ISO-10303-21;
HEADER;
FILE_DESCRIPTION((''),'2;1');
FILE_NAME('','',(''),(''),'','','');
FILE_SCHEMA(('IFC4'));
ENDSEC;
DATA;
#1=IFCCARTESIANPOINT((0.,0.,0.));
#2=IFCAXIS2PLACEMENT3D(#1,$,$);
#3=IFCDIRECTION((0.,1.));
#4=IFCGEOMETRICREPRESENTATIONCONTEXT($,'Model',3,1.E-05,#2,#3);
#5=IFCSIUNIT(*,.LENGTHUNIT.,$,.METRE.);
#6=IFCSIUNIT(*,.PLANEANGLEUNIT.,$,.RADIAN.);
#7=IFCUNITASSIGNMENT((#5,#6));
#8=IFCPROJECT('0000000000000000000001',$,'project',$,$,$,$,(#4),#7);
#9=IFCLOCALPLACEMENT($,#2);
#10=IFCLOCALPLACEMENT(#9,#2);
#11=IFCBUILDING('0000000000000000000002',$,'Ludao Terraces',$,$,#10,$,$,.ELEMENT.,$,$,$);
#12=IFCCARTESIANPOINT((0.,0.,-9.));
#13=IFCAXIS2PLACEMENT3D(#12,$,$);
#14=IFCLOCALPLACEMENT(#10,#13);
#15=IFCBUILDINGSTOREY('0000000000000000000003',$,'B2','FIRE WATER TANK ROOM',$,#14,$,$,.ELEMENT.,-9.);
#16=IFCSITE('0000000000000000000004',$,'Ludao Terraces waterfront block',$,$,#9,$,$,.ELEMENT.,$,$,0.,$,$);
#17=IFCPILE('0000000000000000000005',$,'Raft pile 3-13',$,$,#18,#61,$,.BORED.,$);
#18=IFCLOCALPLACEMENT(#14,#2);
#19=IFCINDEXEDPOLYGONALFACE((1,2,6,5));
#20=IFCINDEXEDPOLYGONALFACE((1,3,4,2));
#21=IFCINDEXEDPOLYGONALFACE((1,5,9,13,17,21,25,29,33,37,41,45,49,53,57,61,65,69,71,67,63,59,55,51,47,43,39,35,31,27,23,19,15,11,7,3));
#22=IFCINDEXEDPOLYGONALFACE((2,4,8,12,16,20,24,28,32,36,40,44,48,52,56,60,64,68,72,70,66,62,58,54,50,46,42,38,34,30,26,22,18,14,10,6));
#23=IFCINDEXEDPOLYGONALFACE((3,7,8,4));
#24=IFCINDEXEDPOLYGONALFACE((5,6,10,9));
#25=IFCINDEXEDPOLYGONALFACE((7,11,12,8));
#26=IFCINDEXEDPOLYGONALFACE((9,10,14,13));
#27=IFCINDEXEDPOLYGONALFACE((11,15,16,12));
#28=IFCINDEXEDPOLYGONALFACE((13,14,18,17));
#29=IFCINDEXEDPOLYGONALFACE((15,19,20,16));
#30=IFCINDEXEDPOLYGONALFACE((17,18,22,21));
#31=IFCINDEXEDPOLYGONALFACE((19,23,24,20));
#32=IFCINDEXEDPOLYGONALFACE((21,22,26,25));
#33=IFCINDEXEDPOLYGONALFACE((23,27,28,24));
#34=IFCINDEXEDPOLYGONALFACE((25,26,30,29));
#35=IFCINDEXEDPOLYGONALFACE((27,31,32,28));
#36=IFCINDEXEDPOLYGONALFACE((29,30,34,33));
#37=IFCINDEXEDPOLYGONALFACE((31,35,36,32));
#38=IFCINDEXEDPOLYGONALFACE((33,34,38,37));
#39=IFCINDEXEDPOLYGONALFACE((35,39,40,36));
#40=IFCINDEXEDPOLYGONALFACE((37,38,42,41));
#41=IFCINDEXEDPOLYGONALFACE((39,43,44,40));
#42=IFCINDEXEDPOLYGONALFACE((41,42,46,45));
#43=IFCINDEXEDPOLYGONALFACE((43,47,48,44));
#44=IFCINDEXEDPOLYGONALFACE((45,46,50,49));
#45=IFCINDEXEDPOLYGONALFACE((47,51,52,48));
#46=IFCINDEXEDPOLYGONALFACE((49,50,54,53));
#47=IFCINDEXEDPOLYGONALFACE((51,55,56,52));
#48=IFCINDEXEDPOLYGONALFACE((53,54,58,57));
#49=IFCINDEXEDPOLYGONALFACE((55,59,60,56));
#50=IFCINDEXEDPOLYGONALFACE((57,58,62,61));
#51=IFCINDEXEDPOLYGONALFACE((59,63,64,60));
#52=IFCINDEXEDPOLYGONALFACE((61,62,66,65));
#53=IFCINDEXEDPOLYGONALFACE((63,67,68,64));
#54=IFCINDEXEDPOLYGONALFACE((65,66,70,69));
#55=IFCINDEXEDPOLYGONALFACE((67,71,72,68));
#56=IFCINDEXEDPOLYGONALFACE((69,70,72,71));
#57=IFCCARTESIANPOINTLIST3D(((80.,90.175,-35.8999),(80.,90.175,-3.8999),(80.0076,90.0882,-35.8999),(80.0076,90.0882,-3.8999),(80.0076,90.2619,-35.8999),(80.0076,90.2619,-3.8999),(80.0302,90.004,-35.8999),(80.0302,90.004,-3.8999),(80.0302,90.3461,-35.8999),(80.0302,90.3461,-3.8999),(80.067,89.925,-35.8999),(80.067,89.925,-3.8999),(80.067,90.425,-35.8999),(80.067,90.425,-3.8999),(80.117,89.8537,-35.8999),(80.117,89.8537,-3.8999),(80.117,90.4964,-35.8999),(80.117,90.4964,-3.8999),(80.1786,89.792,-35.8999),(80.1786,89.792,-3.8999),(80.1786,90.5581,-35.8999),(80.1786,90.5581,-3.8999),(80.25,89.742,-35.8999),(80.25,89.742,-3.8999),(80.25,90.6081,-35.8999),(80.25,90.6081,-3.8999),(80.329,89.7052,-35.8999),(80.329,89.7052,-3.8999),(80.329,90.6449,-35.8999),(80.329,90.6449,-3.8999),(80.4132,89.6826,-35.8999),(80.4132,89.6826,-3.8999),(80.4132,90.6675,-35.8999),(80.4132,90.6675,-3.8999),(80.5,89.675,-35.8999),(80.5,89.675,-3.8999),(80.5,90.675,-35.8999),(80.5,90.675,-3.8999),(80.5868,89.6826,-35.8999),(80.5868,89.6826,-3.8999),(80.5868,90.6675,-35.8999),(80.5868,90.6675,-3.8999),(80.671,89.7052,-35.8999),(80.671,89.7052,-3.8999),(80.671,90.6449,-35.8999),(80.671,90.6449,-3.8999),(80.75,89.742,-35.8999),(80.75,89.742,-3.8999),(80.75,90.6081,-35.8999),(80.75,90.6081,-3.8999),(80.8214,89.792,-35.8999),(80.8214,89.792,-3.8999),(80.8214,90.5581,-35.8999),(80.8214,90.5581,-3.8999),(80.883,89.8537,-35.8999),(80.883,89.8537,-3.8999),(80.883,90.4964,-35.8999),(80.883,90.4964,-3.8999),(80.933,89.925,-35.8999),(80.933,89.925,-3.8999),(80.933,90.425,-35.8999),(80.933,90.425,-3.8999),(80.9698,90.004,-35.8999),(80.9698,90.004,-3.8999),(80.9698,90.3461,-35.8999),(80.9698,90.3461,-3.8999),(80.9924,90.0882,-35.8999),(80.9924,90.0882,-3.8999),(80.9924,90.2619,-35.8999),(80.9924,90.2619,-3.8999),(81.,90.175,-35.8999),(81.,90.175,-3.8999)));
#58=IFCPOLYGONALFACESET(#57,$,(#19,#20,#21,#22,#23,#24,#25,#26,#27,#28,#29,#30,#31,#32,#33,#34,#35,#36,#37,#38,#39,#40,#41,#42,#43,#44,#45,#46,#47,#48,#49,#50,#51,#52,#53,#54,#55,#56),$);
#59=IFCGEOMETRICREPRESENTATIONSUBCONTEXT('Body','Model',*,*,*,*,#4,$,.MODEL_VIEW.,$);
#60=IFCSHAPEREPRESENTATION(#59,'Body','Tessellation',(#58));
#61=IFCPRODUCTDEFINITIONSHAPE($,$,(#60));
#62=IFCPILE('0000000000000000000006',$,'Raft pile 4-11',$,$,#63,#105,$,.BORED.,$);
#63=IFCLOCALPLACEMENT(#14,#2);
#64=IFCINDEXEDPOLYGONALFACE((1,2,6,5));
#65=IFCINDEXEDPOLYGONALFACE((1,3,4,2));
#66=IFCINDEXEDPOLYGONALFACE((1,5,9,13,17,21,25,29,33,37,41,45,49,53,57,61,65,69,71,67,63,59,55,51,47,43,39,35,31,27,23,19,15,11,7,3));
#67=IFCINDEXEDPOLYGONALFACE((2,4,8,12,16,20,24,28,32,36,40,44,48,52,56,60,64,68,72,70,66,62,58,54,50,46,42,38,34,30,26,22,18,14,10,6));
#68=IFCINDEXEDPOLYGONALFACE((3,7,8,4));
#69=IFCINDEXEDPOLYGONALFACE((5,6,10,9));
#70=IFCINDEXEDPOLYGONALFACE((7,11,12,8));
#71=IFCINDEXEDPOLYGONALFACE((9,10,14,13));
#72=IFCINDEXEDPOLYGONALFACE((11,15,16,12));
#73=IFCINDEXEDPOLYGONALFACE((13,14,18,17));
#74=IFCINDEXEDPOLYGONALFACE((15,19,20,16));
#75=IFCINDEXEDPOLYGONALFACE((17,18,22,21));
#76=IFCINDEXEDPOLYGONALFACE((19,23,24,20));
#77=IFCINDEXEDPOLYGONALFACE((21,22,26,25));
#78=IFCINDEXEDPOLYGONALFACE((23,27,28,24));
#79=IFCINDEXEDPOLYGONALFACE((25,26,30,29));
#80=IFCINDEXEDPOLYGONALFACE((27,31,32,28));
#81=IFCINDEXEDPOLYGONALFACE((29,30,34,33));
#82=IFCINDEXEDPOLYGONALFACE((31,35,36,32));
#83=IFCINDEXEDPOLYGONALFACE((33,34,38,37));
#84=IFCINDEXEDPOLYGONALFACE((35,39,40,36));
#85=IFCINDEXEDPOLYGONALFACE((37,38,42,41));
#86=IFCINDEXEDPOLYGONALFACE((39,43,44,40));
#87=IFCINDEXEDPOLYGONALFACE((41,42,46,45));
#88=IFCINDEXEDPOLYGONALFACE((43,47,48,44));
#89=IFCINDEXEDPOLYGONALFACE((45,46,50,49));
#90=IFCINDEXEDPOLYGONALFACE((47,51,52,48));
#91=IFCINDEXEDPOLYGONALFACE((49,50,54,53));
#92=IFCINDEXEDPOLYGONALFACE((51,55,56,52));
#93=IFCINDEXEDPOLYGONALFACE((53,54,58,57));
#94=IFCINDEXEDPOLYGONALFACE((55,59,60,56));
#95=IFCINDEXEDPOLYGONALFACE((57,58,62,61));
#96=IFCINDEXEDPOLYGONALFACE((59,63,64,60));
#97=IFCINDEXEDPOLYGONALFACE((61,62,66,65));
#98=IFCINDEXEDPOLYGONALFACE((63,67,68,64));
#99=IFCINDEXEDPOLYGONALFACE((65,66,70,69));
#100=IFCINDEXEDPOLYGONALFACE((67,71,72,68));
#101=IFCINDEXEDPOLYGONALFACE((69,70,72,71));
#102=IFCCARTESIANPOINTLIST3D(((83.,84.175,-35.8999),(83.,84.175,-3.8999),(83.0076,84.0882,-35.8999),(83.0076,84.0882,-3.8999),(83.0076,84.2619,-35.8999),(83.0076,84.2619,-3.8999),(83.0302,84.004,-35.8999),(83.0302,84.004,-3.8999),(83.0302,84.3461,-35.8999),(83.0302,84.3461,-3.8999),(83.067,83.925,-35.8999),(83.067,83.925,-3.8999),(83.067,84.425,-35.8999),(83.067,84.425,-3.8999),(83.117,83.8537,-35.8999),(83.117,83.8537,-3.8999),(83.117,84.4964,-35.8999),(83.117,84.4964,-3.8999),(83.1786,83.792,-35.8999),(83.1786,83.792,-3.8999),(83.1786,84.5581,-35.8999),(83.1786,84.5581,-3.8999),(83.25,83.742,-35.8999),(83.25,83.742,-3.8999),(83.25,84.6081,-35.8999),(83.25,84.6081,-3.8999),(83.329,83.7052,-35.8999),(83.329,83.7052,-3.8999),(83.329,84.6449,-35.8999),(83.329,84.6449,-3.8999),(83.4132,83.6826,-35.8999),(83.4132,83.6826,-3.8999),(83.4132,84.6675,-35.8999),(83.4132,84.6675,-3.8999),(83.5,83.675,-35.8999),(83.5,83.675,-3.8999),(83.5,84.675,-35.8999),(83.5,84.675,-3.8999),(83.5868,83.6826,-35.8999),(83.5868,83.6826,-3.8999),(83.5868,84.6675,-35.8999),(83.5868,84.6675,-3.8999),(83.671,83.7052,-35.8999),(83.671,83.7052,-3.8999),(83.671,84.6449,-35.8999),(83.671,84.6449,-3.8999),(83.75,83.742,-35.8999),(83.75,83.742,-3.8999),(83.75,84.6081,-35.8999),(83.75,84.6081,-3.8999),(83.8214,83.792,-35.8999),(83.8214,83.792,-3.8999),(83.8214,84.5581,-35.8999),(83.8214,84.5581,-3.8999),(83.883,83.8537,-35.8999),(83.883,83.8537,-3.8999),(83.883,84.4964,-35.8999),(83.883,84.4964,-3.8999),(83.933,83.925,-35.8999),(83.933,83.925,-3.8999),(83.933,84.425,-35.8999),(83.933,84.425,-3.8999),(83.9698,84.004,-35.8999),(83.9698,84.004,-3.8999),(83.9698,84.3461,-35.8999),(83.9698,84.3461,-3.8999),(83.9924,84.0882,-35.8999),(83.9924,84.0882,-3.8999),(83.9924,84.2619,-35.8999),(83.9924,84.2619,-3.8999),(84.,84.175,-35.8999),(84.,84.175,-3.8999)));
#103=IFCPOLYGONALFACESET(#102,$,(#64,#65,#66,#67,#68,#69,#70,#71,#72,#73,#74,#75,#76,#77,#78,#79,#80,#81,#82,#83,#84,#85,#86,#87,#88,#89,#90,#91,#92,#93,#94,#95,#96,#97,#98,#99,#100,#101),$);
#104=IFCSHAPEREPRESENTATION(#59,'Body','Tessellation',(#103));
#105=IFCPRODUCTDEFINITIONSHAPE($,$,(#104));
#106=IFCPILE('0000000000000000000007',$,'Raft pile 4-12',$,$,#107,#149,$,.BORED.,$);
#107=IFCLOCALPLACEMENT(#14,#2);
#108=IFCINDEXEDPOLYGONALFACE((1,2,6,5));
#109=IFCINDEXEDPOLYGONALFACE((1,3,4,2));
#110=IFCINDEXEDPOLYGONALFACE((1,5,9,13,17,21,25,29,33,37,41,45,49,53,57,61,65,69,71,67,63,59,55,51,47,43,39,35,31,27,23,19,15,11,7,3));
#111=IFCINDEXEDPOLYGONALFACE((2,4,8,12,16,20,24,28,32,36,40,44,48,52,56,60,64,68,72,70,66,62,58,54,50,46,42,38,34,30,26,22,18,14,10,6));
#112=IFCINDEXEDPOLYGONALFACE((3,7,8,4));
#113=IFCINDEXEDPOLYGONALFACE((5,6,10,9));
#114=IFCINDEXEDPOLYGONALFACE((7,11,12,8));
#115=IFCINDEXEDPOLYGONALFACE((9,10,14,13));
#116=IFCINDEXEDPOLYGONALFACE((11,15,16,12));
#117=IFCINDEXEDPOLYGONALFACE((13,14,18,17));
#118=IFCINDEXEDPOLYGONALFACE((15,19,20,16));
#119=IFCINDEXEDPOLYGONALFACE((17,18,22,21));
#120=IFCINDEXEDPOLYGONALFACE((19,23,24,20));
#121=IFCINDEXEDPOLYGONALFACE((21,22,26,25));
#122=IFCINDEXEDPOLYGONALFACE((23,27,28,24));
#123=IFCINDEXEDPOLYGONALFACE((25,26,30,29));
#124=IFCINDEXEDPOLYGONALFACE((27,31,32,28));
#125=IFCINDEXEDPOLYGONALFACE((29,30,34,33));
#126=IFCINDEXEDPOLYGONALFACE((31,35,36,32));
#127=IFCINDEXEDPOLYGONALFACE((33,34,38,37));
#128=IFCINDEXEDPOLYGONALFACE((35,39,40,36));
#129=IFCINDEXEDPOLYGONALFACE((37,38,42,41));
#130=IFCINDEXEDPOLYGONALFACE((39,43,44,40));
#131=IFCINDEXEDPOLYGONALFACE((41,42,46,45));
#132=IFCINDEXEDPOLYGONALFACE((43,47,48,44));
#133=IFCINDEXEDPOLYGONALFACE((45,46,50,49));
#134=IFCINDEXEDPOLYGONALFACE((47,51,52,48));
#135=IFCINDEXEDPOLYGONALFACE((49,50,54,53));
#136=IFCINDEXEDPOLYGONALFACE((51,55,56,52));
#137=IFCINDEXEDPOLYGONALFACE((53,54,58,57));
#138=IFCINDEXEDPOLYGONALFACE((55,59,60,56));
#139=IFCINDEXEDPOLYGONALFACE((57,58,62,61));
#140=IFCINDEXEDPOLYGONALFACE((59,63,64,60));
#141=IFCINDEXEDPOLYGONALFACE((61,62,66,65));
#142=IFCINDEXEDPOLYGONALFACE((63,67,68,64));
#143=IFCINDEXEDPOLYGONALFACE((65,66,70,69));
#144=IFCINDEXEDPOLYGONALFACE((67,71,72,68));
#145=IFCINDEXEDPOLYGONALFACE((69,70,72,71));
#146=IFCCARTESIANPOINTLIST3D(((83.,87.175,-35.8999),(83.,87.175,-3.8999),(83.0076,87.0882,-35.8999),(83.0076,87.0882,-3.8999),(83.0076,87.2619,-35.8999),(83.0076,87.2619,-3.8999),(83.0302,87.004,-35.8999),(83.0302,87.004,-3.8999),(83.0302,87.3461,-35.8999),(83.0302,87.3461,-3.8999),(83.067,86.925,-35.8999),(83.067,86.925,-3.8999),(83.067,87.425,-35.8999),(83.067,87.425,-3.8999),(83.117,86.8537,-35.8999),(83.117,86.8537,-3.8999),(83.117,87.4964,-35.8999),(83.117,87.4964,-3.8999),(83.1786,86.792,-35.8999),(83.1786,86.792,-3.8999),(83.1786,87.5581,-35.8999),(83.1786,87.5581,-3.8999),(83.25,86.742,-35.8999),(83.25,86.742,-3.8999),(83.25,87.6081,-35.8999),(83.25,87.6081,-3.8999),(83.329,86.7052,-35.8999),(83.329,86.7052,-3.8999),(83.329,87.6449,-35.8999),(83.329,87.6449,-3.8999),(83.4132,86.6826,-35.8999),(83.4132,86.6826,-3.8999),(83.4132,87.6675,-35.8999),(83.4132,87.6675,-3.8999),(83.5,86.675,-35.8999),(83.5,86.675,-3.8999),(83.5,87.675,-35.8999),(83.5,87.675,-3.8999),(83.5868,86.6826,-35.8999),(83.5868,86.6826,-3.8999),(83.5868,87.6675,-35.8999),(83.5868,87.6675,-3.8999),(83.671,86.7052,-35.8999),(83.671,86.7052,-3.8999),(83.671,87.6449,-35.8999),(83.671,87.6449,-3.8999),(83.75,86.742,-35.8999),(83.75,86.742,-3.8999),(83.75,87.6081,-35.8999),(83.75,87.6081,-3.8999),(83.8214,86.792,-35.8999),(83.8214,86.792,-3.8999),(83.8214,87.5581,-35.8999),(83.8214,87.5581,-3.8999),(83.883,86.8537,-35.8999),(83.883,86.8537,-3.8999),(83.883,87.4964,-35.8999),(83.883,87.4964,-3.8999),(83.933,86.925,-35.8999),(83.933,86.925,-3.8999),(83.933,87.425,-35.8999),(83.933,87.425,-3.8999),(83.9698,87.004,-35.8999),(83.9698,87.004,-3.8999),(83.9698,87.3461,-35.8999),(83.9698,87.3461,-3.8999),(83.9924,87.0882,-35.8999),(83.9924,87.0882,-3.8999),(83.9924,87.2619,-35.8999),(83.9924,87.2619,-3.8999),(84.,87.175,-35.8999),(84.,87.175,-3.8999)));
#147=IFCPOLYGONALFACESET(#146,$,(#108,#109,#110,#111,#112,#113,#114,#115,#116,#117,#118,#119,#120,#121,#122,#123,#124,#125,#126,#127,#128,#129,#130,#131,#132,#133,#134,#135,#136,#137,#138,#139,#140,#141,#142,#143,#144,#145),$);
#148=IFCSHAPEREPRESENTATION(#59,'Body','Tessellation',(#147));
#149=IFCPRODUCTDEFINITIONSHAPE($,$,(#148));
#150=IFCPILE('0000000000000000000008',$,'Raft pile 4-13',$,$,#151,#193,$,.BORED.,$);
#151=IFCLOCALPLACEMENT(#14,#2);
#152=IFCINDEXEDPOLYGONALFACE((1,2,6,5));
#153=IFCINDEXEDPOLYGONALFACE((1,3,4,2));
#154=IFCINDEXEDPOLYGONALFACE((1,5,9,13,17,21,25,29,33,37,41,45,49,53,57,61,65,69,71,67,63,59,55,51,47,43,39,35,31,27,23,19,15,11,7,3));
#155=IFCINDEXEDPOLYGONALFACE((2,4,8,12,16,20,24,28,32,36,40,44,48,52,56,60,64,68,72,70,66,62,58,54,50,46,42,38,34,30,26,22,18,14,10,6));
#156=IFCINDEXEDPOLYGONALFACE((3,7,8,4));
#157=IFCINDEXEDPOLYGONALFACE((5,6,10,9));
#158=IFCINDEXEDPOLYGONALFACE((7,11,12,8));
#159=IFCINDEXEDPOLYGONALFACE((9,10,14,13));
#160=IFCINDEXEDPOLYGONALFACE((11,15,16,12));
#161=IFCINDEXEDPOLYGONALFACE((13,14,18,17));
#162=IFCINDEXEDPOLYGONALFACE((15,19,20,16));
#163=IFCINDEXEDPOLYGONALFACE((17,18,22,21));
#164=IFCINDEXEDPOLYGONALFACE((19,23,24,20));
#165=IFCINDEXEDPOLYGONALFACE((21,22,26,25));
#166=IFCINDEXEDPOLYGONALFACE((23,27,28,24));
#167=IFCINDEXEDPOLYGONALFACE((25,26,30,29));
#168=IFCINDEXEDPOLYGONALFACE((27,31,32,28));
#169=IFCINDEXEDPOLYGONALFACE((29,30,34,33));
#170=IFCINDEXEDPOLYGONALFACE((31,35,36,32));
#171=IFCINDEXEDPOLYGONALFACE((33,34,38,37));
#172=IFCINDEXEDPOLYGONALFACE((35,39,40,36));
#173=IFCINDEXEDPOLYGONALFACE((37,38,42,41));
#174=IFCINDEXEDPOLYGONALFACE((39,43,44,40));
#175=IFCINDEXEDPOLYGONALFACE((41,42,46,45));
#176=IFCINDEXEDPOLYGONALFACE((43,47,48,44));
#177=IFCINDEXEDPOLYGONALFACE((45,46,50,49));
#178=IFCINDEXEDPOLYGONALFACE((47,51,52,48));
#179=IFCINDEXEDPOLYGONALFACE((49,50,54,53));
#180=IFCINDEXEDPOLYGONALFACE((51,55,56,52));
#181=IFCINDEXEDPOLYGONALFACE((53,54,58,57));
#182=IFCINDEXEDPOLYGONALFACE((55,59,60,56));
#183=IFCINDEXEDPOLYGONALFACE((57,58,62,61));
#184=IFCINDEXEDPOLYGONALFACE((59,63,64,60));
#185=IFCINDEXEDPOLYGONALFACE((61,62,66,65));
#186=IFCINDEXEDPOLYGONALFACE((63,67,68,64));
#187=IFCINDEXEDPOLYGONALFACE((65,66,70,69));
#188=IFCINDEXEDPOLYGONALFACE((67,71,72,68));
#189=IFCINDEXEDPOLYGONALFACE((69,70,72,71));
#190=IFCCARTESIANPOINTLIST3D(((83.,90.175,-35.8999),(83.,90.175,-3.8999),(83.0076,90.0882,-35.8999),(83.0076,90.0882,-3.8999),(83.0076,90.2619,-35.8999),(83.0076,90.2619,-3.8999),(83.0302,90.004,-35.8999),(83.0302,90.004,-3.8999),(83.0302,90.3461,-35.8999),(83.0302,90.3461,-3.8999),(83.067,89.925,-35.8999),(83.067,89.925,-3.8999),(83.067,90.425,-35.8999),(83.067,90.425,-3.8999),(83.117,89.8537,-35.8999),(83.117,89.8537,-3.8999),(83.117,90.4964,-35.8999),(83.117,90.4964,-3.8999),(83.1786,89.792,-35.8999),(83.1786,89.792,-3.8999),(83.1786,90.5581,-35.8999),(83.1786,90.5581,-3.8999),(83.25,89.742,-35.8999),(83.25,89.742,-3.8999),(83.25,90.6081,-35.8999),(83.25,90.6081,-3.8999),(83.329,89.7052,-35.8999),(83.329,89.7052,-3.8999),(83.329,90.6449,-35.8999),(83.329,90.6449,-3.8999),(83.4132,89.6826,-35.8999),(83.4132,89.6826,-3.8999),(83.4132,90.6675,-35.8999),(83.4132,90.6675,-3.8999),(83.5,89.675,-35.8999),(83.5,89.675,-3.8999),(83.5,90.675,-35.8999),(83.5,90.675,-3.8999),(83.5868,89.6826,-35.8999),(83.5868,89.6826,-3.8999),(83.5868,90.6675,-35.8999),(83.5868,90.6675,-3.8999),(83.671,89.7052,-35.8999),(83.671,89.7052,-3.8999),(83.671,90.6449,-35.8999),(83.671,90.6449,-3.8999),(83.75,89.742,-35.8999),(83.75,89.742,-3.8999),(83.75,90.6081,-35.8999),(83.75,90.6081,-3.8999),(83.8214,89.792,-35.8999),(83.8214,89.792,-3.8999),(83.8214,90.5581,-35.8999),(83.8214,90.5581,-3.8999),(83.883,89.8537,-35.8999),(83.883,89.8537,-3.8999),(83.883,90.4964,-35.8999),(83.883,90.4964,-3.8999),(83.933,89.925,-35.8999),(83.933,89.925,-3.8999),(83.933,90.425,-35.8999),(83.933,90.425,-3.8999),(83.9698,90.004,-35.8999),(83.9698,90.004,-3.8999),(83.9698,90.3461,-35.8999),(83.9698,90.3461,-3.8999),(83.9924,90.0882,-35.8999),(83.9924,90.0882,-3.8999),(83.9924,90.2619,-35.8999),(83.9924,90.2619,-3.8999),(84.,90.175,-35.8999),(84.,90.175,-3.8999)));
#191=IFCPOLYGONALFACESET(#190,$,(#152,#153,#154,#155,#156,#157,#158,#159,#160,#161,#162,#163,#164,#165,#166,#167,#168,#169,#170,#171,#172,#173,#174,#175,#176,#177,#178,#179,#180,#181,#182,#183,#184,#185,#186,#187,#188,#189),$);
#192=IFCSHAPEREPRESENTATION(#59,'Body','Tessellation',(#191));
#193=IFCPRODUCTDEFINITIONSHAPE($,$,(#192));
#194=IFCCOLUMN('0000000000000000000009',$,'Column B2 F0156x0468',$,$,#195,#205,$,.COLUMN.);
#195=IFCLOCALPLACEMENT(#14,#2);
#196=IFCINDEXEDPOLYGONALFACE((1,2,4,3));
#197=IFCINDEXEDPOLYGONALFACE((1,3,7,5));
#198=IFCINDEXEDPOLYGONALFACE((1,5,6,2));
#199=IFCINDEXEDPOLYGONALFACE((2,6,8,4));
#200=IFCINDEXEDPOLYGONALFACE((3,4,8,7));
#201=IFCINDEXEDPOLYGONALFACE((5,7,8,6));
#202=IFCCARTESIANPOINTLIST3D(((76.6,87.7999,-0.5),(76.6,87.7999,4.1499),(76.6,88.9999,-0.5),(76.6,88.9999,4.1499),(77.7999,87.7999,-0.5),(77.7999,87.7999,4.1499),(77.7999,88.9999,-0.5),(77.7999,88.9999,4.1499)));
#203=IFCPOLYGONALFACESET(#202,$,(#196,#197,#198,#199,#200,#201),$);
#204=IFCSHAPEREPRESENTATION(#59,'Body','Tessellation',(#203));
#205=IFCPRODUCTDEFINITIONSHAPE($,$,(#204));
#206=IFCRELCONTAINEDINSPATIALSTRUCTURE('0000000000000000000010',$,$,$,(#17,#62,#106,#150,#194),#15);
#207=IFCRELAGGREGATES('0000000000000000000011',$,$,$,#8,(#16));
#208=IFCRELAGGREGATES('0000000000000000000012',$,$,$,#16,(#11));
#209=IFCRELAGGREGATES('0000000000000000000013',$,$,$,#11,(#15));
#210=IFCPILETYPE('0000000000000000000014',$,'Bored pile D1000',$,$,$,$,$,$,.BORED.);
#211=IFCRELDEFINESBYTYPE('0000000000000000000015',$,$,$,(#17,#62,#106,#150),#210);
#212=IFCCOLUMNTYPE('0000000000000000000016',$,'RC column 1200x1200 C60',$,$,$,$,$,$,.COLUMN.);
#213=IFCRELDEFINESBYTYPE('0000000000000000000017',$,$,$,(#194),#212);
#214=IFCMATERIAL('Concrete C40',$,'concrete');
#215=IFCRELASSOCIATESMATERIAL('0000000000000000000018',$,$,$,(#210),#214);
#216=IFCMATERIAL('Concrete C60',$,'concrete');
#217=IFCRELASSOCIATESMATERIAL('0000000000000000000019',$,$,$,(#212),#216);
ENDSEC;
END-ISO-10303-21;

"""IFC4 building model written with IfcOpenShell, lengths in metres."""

from ifc_helpers import new_model, si_unit, direction, frame, origin, origin_2d, place, context, subcontext, project, spatial, rectangle, circle, extrude, material, material_profile, profile_set, type_object, element, save


model = new_model("IFC4")

# Units and contexts
model_context = context("Model", 3, precision=1e-05, world=origin(), true_north=direction((0.0, 1.0)))
body_context = subcontext(model_context, "Body", "Model", "MODEL_VIEW")
ifc_project = project(units=[si_unit("LENGTHUNIT", "METRE"), si_unit("PLANEANGLEUNIT", "RADIAN")], contexts=[model_context])

# Site, building, storey
site_placement = place(None, origin())
site = spatial("IfcSite", under=ifc_project, at=site_placement, Name="Ludao Terraces waterfront block", CompositionType="ELEMENT", RefElevation=0.0)
building_placement = place(site_placement, origin())
building = spatial("IfcBuilding", under=site, at=building_placement, Name="Ludao Terraces", CompositionType="ELEMENT")
storey_placement = place(building_placement, frame((0.0, 0.0, -9.0)))
storey = spatial("IfcBuildingStorey", under=building, at=storey_placement, Name="B2", Description="FIRE WATER TANK ROOM", CompositionType="ELEMENT", Elevation=-9.0)

# Piles
ifc_material_1 = material(Name="Concrete C40", Category="concrete")
ifc_material_profile_1 = material_profile(ifc_material_1, circle(Radius=0.5, at=origin_2d()), Name="D1000 BORED PILE")
ifc_profile_set_1 = profile_set([ifc_material_profile_1], Name="Concrete C40")
pile_type = type_object("IfcPileType", Name="Bored pile D1000", PredefinedType="BORED", material=ifc_profile_set_1)
for number, where, z_axis, x_axis, name in (
    (1, (80.5, 90.175, -3.8999), (0.0, 0.0, -1.0), (1.0, 0.0, 0.0), "Raft pile 3-13"),
    (2, (83.5, 84.175, -3.8999), (0.0, 0.0, -1.0), (1.0, 0.0, 0.0), "Raft pile 4-11"),
    (3, (83.5, 87.175, -3.8999), (0.0, 0.0, -1.0), (1.0, 0.0, 0.0), "Raft pile 4-12"),
    (4, (83.5, 90.175, -3.8999), (0.0, 0.0, -1.0), (1.0, 0.0, 0.0), "Raft pile 4-13"),
):
    element("IfcPile", number, at=place(storey_placement, frame(where, z_axis=z_axis, x_axis=x_axis)), inside=storey, type_object=pile_type, Name=name, PredefinedType="BORED", context=body_context, shape_type="SweptSolid", body=[
        extrude(circle(Radius=0.5, at=origin_2d()), origin(), (0.0, 0.0, 1.0), 32.0),
    ])

# Column
ifc_material_2 = material(Name="Concrete C60", Category="concrete")
ifc_material_profile_2 = material_profile(ifc_material_2, rectangle(XDim=1.2, YDim=1.2, at=origin_2d()), Name="1200 X 1200")
ifc_profile_set_2 = profile_set([ifc_material_profile_2], Name="Concrete C60")
column_type = type_object("IfcColumnType", Name="RC column 1200x1200 C60", PredefinedType="COLUMN", material=ifc_profile_set_2)
column_placement = place(storey_placement, frame((77.2, 88.3999, -0.5), z_axis=(0.0, 0.0, 1.0), x_axis=(1.0, 0.0, 0.0)))
element("IfcColumn", 5, at=column_placement, inside=storey, type_object=column_type, Name="Column B2 F0156x0468", PredefinedType="COLUMN", context=body_context, shape_type="SweptSolid", body=[
    extrude(rectangle(XDim=1.2, YDim=1.2, at=origin_2d()), origin(), (0.0, 0.0, 1.0), 4.6499),
])

save(model, "model.ifc")
